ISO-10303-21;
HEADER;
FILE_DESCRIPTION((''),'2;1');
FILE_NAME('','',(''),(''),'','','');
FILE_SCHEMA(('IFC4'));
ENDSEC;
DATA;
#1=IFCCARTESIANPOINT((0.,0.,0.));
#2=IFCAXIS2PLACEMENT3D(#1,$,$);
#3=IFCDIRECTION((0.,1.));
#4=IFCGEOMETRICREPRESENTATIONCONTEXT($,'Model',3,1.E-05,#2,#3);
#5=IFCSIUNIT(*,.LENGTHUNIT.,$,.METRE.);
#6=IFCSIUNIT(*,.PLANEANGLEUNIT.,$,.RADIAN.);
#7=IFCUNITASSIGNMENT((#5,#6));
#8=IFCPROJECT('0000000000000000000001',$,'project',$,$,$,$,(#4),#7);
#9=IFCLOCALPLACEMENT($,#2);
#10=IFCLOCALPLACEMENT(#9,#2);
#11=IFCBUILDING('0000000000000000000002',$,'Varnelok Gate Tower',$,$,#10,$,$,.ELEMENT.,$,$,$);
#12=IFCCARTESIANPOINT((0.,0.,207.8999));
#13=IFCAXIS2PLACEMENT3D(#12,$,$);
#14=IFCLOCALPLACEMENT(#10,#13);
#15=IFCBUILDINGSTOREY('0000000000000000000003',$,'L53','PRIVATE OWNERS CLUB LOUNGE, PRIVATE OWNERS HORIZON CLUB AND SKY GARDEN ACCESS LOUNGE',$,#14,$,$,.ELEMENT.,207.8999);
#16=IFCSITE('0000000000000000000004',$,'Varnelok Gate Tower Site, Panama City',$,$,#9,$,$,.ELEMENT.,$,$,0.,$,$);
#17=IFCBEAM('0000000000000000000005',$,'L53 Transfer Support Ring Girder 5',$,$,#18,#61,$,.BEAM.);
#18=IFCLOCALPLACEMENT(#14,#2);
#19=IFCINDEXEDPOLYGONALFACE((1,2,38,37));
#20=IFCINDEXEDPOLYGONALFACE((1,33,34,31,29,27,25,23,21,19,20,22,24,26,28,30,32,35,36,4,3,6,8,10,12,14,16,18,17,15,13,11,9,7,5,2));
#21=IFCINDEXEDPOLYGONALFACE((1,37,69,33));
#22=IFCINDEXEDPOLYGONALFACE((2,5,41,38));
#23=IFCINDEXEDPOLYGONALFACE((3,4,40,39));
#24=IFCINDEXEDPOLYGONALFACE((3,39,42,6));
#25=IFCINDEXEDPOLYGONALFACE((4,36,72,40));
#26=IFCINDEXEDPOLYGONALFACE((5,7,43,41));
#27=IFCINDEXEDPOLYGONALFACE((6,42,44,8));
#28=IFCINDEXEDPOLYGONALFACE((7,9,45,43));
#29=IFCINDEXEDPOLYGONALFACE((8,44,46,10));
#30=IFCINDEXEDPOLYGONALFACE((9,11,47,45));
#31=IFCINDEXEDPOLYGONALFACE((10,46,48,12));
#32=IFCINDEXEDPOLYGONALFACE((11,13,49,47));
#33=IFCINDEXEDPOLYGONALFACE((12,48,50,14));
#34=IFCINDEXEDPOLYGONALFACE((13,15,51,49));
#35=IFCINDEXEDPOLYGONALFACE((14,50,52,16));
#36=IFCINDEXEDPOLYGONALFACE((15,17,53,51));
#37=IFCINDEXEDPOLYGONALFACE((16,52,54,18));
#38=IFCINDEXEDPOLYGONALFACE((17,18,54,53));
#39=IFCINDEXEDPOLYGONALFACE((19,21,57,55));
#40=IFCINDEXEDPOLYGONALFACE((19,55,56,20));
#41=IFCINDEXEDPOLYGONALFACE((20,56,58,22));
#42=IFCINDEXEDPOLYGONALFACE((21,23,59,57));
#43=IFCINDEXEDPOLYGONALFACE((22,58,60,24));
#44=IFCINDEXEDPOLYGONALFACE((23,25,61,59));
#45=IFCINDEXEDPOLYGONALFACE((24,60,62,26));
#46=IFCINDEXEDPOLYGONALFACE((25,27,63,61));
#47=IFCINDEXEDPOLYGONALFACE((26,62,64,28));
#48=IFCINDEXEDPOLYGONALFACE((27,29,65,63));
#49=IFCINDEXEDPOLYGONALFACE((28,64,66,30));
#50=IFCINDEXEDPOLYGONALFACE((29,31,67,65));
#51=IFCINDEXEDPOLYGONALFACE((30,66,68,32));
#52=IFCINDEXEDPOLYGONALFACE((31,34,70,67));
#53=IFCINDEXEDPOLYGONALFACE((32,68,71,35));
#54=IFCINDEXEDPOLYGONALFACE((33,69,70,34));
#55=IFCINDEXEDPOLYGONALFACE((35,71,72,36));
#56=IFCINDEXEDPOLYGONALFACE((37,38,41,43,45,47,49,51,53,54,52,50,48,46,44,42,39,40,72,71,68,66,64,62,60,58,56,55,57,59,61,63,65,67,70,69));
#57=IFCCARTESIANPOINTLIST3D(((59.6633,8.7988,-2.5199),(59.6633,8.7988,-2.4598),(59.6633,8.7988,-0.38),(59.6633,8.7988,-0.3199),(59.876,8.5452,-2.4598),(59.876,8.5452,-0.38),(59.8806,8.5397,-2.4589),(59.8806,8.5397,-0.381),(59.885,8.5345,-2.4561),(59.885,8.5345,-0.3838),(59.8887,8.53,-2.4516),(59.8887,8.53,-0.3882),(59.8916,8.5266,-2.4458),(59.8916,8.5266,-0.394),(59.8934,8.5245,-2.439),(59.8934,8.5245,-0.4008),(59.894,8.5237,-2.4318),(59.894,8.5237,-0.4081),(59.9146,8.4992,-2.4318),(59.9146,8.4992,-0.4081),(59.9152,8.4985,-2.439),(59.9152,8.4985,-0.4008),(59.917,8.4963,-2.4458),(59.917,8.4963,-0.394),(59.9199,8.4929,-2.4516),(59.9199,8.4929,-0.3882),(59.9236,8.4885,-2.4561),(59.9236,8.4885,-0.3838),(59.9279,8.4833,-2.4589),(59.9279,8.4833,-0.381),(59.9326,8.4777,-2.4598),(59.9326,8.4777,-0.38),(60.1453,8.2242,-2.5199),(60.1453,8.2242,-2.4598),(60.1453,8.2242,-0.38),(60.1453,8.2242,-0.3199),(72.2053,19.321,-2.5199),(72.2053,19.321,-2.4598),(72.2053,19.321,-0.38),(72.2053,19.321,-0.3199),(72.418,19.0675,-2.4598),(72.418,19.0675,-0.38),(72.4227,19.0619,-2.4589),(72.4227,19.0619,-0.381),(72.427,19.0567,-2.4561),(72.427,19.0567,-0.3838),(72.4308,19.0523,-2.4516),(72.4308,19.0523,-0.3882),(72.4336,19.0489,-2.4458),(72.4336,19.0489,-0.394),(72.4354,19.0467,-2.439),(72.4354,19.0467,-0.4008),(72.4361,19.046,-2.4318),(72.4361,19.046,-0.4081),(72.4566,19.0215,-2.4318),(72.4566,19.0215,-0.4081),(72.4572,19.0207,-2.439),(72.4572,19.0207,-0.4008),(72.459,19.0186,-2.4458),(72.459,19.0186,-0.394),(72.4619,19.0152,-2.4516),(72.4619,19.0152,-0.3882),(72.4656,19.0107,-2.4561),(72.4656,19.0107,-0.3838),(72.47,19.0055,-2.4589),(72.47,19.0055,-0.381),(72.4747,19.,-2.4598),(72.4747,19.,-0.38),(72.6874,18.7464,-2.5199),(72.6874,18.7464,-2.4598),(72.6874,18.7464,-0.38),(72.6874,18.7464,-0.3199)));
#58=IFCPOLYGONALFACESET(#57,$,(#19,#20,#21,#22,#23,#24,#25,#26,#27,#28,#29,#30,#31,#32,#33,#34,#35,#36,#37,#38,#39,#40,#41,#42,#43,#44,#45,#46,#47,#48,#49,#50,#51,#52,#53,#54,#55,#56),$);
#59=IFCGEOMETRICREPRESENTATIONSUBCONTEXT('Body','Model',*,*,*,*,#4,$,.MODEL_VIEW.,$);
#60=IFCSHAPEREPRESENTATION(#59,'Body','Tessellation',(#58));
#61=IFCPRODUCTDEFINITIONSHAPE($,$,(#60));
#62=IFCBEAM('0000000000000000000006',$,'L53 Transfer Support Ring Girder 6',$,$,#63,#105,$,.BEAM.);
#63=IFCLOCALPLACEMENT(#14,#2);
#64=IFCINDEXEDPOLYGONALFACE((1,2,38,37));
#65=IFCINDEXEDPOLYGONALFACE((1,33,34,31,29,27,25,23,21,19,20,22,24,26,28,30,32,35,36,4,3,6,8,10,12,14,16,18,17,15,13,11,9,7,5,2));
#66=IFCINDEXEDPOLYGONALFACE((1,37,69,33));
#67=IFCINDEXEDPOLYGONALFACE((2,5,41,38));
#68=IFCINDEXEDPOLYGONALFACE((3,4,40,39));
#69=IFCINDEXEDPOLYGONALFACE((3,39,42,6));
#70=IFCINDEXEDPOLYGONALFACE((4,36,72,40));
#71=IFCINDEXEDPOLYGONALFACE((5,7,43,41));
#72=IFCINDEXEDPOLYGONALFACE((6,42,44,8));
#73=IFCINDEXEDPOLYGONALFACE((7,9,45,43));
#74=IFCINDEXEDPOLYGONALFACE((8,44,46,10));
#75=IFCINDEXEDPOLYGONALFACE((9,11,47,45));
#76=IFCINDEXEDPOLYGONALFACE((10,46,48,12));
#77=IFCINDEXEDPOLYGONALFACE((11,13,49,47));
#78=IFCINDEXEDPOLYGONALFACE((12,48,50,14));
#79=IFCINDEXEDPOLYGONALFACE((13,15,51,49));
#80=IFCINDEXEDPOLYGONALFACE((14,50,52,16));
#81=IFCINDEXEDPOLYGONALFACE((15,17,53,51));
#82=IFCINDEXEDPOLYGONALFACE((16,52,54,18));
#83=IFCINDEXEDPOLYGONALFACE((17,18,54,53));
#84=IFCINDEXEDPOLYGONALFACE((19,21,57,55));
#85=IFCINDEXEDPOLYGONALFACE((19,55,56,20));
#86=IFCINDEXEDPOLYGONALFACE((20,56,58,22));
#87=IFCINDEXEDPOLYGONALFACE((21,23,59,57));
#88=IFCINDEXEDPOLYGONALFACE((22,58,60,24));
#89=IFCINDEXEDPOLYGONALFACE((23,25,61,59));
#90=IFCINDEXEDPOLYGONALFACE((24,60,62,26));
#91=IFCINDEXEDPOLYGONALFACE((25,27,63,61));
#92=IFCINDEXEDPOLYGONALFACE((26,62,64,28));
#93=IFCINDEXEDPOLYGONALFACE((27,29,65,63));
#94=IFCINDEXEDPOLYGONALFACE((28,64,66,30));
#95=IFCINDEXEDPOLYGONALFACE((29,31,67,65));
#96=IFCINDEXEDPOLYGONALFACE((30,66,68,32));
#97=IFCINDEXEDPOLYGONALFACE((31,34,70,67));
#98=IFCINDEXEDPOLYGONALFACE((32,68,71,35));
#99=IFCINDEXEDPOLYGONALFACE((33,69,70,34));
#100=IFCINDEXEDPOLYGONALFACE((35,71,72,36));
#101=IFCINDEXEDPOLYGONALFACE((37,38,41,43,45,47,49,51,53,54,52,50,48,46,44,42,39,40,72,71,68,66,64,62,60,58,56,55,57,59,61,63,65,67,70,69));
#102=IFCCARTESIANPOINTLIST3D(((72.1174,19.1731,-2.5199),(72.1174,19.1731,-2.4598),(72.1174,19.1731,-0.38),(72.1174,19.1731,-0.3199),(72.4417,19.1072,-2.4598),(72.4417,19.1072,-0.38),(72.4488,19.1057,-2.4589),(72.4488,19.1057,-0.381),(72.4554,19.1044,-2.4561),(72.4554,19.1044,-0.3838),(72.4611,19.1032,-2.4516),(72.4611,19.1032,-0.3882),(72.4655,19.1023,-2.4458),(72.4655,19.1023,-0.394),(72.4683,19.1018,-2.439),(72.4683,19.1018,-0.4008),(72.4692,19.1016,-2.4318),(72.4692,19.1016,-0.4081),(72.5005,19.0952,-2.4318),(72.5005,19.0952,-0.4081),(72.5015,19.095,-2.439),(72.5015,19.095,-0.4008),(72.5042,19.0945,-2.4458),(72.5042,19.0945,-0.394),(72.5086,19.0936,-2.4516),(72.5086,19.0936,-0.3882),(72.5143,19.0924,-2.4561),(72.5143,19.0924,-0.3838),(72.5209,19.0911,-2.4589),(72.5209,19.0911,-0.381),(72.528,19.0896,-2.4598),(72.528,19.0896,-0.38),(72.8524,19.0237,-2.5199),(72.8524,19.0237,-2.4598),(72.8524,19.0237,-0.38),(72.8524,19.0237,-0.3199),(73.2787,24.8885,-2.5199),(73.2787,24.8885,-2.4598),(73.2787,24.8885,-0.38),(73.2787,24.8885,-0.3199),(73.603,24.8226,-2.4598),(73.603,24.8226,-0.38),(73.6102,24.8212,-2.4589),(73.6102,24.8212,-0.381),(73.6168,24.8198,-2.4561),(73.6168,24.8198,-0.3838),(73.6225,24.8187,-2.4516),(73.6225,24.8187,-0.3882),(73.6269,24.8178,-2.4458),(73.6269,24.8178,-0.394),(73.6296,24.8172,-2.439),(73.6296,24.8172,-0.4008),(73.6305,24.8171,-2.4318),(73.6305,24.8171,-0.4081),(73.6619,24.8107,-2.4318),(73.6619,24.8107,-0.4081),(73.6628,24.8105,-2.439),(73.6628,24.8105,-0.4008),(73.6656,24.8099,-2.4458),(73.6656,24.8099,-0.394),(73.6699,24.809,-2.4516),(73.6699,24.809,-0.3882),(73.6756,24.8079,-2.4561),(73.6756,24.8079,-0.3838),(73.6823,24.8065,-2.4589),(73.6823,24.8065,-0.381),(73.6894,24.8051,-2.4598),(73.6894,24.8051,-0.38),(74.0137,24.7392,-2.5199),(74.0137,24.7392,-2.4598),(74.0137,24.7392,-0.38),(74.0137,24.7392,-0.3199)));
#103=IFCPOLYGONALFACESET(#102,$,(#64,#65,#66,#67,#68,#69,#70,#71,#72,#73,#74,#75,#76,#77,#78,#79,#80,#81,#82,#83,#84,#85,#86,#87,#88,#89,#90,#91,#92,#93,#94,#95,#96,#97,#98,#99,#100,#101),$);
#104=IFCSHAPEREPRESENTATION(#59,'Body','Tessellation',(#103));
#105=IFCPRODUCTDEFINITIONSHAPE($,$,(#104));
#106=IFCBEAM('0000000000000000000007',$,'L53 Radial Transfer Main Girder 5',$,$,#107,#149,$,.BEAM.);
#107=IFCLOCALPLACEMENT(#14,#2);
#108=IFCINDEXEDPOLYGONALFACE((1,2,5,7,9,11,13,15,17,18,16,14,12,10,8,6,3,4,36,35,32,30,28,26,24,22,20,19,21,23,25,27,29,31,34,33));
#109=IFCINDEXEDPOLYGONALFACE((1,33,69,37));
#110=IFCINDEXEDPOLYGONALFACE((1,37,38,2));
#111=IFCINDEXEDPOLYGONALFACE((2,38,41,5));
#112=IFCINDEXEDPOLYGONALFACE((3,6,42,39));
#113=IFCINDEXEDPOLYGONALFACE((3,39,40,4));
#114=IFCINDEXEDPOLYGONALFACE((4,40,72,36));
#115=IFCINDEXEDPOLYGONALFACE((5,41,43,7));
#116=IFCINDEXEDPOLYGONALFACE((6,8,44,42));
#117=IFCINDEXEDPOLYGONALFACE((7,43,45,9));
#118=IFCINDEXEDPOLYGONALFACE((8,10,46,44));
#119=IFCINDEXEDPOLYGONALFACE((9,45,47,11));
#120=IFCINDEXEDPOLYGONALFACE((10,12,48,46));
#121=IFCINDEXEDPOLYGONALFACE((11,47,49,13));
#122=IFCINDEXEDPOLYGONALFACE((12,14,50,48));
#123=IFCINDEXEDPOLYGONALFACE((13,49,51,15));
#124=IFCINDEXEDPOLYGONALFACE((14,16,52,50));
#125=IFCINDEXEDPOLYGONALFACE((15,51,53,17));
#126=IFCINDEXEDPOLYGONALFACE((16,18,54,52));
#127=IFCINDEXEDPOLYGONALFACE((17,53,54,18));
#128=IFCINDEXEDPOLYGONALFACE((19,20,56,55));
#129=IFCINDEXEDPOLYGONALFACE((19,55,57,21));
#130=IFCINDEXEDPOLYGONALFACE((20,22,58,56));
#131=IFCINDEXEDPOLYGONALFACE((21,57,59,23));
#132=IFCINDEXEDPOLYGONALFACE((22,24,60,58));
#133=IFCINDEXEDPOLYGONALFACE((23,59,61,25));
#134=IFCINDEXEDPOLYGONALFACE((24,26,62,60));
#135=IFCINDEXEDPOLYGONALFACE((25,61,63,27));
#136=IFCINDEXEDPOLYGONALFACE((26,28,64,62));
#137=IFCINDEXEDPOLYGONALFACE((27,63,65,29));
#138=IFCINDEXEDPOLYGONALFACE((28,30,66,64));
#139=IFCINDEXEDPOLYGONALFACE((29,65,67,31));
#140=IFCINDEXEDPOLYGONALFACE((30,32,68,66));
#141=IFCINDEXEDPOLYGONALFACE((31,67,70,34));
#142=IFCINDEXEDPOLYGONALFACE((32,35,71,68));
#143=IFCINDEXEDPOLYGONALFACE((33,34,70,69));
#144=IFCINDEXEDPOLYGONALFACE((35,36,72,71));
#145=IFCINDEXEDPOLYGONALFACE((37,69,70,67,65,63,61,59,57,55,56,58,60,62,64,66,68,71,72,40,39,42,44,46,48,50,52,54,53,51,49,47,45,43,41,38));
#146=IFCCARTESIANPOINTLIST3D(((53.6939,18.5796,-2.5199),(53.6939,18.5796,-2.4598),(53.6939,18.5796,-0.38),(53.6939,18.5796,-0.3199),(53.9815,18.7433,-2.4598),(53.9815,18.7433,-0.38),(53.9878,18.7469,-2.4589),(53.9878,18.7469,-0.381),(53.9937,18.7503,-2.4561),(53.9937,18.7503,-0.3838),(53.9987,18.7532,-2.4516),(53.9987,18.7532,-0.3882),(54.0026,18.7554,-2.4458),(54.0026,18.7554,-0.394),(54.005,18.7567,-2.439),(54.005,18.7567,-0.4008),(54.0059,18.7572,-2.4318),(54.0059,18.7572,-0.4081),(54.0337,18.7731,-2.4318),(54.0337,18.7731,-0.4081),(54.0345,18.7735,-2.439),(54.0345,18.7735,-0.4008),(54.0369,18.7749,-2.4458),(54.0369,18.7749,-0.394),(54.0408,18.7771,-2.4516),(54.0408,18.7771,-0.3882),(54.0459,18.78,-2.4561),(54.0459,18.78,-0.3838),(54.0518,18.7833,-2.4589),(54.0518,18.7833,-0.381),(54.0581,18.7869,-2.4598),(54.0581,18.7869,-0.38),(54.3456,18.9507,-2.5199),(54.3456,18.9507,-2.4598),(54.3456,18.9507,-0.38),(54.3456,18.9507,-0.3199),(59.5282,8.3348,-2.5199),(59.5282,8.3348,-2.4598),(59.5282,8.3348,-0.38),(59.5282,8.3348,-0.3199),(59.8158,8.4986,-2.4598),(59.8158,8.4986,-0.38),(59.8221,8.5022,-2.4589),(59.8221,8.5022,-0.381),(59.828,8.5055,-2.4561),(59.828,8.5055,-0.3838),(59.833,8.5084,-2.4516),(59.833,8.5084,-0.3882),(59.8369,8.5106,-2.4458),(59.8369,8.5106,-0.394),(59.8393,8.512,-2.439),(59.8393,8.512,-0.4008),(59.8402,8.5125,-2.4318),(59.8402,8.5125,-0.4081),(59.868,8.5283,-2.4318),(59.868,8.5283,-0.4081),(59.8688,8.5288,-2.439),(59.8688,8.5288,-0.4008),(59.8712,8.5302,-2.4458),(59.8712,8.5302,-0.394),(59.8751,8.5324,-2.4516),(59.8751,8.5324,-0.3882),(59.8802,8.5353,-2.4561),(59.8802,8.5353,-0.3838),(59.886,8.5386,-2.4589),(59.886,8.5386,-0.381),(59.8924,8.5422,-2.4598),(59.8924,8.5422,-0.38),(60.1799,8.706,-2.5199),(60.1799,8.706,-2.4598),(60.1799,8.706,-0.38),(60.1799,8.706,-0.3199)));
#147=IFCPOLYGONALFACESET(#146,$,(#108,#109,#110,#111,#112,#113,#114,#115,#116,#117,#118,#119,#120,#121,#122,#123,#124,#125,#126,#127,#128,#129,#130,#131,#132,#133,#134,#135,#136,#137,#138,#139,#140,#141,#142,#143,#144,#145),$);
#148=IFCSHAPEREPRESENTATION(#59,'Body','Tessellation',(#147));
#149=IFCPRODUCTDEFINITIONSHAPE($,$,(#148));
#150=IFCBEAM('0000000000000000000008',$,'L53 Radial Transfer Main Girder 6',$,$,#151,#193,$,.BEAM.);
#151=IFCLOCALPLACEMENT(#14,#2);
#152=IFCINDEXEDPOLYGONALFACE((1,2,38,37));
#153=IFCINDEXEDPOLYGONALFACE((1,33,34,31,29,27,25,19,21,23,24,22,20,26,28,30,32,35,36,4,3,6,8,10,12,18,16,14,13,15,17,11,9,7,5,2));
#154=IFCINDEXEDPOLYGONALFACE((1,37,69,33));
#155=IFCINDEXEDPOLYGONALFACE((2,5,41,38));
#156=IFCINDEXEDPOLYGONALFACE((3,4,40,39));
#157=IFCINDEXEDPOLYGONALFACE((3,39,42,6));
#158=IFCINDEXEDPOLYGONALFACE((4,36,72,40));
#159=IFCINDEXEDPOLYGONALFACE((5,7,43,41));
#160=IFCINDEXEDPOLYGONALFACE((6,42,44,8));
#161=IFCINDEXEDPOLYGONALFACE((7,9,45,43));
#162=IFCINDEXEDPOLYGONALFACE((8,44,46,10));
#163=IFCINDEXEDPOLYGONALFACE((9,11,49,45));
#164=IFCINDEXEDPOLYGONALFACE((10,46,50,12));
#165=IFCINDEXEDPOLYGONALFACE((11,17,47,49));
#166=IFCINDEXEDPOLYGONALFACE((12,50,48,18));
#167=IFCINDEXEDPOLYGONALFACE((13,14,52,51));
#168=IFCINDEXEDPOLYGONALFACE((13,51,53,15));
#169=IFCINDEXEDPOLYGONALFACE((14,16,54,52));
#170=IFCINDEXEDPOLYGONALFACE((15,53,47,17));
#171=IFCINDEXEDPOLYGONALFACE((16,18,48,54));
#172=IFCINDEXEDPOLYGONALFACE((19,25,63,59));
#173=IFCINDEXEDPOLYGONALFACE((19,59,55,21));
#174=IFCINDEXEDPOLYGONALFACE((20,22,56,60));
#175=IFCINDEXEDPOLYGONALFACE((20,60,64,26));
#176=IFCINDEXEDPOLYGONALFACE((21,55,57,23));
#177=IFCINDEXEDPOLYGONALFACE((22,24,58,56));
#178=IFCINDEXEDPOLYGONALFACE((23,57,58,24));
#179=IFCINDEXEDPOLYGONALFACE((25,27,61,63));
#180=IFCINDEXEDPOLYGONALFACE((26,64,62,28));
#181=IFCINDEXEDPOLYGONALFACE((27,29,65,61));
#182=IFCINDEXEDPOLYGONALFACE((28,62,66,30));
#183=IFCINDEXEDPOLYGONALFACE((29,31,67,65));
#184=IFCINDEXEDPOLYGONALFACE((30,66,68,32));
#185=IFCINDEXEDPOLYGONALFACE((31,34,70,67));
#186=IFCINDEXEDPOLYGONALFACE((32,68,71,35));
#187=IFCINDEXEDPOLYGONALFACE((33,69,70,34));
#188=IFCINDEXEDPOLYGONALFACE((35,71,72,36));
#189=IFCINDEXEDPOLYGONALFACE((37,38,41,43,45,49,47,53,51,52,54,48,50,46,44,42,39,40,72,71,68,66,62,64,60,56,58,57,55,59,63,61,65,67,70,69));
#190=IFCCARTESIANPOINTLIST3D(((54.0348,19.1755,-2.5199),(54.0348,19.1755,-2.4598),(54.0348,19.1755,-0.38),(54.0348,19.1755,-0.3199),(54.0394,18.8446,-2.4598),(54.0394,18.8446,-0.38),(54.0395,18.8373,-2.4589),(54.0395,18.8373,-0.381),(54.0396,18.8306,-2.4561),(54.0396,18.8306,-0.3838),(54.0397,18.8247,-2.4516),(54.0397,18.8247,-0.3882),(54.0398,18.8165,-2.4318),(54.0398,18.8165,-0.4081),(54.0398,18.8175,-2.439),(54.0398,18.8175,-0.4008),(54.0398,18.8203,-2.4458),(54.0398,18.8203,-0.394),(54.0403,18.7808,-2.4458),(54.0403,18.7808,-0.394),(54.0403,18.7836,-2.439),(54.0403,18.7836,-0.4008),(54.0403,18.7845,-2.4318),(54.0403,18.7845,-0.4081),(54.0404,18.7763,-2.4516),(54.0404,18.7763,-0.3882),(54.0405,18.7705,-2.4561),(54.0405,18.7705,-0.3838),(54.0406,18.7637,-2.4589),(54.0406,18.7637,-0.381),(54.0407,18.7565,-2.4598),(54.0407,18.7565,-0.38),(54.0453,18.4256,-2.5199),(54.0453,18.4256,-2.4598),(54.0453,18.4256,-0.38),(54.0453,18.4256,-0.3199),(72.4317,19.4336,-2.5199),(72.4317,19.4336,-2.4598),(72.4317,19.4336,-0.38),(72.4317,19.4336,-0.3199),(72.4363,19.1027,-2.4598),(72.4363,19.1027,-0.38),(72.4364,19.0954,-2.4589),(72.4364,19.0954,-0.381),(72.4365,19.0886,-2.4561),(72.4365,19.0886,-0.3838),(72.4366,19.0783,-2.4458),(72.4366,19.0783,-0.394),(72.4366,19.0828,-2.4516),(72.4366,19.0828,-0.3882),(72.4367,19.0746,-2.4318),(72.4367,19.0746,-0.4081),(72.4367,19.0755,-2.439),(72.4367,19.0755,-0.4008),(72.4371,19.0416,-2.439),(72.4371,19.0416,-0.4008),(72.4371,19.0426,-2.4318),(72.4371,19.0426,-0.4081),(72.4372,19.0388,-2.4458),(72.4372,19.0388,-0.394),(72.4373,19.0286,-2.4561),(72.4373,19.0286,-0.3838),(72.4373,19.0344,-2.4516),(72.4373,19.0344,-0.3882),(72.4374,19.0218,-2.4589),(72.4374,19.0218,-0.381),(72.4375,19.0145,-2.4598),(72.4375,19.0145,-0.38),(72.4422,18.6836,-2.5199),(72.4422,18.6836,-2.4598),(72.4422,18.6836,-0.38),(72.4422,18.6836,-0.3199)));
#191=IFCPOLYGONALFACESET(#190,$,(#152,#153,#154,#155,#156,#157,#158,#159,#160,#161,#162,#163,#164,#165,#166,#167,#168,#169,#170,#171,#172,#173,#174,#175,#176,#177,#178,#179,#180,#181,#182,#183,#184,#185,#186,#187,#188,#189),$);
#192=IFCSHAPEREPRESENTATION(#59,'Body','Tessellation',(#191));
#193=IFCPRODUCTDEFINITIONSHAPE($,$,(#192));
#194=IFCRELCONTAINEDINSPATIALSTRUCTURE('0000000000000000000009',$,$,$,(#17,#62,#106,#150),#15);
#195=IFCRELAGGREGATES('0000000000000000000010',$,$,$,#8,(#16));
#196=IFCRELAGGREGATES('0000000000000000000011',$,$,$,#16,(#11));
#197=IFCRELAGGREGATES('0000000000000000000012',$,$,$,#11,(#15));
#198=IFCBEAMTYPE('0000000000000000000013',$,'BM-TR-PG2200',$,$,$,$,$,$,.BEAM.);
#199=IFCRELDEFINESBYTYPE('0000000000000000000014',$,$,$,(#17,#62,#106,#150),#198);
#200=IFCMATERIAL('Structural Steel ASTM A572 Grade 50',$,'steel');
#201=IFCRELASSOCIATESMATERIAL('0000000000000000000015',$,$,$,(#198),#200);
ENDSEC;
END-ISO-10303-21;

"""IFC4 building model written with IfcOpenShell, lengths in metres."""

from ifc_helpers import new_model, si_unit, direction, frame, origin, origin_2d, place, context, subcontext, project, spatial, i_section, extrude, material, material_profile, profile_set, type_object, element, save


model = new_model("IFC4")

# Units and contexts
model_context = context("Model", 3, precision=1e-05, world=origin(), true_north=direction((0.0, 1.0)))
body_context = subcontext(model_context, "Body", "Model", "MODEL_VIEW")
ifc_project = project(units=[si_unit("LENGTHUNIT", "METRE"), si_unit("PLANEANGLEUNIT", "RADIAN")], contexts=[model_context])

# Site, building, storey
site_placement = place(None, origin())
site = spatial("IfcSite", under=ifc_project, at=site_placement, Name="Varnelok Gate Tower Site, Panama City", CompositionType="ELEMENT", RefElevation=0.0)
building_placement = place(site_placement, origin())
building = spatial("IfcBuilding", under=site, at=building_placement, Name="Varnelok Gate Tower", CompositionType="ELEMENT")
storey_placement = place(building_placement, frame((0.0, 0.0, 207.8999)))
storey = spatial("IfcBuildingStorey", under=building, at=storey_placement, Name="L53", Description="PRIVATE OWNERS CLUB LOUNGE, PRIVATE OWNERS HORIZON CLUB AND SKY GARDEN ACCESS LOUNGE", CompositionType="ELEMENT", Elevation=207.8999)

# Beams
ifc_material_1 = material(Name="Structural Steel ASTM A572 Grade 50", Category="steel")
ifc_material_profile_1 = material_profile(ifc_material_1, i_section(OverallWidth=0.75, OverallDepth=2.2, WebThickness=0.032, FlangeThickness=0.0601, FilletRadius=0.0281, at=origin_2d()), Name="PG2200X750")
ifc_profile_set_1 = profile_set([ifc_material_profile_1], Name="Structural Steel ASTM A572 Grade 50")
beam_type = type_object("IfcBeamType", Name="BM-TR-PG2200", PredefinedType="BEAM", material=ifc_profile_set_1)
beam_1_placement = place(storey_placement, frame((59.9043, 8.5115, -1.4199), z_axis=(0.766098, 0.642724, 0.0), x_axis=(-0.642724, 0.766098, 0.0)))
element("IfcBeam", 1, at=beam_1_placement, inside=storey, type_object=beam_type, Name="L53 Transfer Support Ring Girder 5", PredefinedType="BEAM", context=body_context, shape_type="SweptSolid", body=[
    extrude(i_section(OverallWidth=0.75, OverallDepth=2.2, WebThickness=0.032, FlangeThickness=0.0601, FilletRadius=0.0281, at=origin_2d()), origin(), (0.0, 0.0, 1.0), 16.3713),
])
beam_2_placement = place(storey_placement, frame((72.4849, 19.0984, -1.4199), z_axis=(0.199126, 0.979974, 0.0), x_axis=(-0.979974, 0.199126, 0.0)))
element("IfcBeam", 2, at=beam_2_placement, inside=storey, type_object=beam_type, Name="L53 Transfer Support Ring Girder 6", PredefinedType="BEAM", context=body_context, shape_type="SweptSolid", body=[
    extrude(i_section(OverallWidth=0.75, OverallDepth=2.2, WebThickness=0.032, FlangeThickness=0.0601, FilletRadius=0.0281, at=origin_2d()), origin(), (0.0, 0.0, 1.0), 5.8323),
])
beam_3_placement = place(storey_placement, frame((54.0198, 18.7651, -1.4199), z_axis=(0.494869, -0.868967, 0.0), x_axis=(0.868967, 0.494869, 0.0)))
element("IfcBeam", 3, at=beam_3_placement, inside=storey, type_object=beam_type, Name="L53 Radial Transfer Main Girder 5", PredefinedType="BEAM", context=body_context, shape_type="SweptSolid", body=[
    extrude(i_section(OverallWidth=0.75, OverallDepth=2.2, WebThickness=0.032, FlangeThickness=0.0601, FilletRadius=0.0281, at=origin_2d()), origin(), (0.0, 0.0, 1.0), 11.7896),
])
beam_4_placement = place(storey_placement, frame((54.04, 18.8005, -1.4199), z_axis=(0.999902, 0.014026, 0.0), x_axis=(-0.014026, 0.999902, 0.0)))
element("IfcBeam", 4, at=beam_4_placement, inside=storey, type_object=beam_type, Name="L53 Radial Transfer Main Girder 6", PredefinedType="BEAM", context=body_context, shape_type="SweptSolid", body=[
    extrude(i_section(OverallWidth=0.75, OverallDepth=2.2, WebThickness=0.032, FlangeThickness=0.0601, FilletRadius=0.0281, at=origin_2d()), origin(), (0.0, 0.0, 1.0), 18.3987),
])

save(model, "model.ifc")
